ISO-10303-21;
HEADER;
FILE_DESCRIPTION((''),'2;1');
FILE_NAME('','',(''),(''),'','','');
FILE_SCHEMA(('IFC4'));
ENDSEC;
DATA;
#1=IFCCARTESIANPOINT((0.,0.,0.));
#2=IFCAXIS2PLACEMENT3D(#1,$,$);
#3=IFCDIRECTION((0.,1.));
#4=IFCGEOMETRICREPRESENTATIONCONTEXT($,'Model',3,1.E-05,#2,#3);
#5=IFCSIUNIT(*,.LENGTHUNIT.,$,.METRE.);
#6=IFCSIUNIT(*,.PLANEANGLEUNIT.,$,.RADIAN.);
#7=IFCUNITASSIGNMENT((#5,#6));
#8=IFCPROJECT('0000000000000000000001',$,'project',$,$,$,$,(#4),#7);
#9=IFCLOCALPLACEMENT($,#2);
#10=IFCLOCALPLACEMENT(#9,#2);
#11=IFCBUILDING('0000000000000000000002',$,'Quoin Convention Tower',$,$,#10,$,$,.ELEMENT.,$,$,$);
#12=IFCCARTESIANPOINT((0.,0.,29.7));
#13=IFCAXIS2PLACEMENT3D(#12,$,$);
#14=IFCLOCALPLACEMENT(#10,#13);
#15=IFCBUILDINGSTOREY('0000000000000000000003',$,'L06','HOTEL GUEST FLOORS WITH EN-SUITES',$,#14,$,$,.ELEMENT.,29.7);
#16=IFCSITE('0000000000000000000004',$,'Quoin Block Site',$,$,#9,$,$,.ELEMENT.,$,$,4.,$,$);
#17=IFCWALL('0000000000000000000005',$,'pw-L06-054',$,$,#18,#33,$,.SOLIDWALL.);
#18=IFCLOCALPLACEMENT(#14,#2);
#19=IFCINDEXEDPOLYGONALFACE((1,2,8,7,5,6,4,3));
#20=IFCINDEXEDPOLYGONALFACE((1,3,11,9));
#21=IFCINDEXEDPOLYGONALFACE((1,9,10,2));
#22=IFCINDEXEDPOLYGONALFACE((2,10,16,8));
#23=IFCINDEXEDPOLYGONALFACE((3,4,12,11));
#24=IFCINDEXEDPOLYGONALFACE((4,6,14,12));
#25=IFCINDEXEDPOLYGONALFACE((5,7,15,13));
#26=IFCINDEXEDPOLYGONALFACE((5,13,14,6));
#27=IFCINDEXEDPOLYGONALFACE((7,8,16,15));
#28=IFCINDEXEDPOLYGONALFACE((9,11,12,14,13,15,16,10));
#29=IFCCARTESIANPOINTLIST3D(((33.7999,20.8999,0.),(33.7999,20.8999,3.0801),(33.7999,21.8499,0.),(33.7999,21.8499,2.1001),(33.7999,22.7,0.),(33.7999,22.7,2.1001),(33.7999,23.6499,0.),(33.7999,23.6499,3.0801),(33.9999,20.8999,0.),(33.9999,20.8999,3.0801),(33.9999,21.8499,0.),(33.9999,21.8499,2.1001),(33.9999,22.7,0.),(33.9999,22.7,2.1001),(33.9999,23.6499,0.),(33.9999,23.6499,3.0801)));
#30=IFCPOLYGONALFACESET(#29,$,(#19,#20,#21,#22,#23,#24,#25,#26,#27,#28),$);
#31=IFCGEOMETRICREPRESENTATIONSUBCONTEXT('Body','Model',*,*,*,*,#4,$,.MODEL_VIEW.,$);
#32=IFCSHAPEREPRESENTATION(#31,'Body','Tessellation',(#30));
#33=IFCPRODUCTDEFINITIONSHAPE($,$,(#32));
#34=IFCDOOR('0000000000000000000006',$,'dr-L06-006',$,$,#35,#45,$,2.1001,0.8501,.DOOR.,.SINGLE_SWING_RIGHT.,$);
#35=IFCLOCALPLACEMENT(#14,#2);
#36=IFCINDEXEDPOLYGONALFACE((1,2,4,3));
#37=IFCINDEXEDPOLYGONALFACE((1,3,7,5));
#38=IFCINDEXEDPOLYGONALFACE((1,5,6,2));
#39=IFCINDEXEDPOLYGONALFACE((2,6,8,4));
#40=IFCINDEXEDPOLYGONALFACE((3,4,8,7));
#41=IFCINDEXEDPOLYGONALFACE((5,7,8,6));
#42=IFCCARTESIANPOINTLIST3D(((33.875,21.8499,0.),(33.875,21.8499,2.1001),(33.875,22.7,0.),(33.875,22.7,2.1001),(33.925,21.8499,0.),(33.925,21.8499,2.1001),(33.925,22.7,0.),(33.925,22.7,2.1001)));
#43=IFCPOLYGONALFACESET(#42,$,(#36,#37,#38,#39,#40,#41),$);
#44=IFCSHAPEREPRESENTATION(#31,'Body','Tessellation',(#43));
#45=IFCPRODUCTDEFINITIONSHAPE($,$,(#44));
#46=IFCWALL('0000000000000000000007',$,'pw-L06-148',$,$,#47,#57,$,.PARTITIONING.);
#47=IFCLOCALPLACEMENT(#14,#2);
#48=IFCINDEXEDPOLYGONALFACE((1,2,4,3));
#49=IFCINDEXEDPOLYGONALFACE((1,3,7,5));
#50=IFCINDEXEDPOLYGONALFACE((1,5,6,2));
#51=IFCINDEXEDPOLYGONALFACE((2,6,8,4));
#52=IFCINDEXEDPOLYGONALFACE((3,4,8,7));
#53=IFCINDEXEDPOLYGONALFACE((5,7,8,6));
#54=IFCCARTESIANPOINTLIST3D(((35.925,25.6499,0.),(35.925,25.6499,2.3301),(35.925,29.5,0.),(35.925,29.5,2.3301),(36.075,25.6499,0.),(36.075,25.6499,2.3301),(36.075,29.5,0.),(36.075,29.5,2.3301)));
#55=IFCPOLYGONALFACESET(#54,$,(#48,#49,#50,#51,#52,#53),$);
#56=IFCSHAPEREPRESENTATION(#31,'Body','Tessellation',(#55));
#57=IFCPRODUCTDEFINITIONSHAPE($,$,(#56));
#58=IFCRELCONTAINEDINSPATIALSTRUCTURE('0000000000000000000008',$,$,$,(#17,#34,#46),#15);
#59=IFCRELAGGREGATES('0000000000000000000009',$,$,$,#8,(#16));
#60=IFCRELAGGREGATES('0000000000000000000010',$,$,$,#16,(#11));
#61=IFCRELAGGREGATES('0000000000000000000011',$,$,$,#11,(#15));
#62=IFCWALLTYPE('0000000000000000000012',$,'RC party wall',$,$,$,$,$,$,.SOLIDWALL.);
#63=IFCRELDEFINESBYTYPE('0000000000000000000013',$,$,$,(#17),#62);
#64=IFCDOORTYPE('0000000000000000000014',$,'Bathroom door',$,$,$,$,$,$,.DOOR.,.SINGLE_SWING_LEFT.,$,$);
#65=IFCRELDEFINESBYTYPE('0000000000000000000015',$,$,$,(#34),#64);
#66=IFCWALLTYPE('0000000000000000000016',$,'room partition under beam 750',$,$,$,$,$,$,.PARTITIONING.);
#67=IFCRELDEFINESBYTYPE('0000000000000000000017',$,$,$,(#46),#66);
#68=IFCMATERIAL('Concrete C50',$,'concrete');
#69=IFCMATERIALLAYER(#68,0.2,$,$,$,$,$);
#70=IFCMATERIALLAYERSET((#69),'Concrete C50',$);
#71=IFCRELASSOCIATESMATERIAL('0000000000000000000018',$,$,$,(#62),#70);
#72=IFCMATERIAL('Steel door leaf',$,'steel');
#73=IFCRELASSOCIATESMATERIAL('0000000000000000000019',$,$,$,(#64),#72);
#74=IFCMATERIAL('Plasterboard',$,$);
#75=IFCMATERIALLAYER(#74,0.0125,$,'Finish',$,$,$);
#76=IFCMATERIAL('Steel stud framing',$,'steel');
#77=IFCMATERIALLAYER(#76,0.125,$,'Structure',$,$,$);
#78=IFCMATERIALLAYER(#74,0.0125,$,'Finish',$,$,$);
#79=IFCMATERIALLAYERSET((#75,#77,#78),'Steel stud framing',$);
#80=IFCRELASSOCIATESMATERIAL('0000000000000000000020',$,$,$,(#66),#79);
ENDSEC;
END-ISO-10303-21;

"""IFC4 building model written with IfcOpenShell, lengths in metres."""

from ifc_helpers import new_model, si_unit, direction, frame, frame_2d, origin, place, context, subcontext, project, spatial, rectangle, extrude, material, layer, layer_set, type_object, element, fill, save


model = new_model("IFC4")

# Units and contexts
model_context = context("Model", 3, precision=1e-05, world=origin(), true_north=direction((0.0, 1.0)))
body_context = subcontext(model_context, "Body", "Model", "MODEL_VIEW")
ifc_project = project(units=[si_unit("LENGTHUNIT", "METRE"), si_unit("PLANEANGLEUNIT", "RADIAN")], contexts=[model_context])

# Site, building, storey
site_placement = place(None, origin())
site = spatial("IfcSite", under=ifc_project, at=site_placement, Name="Quoin Block Site", CompositionType="ELEMENT", RefElevation=4.0)
building_placement = place(site_placement, origin())
building = spatial("IfcBuilding", under=site, at=building_placement, Name="Quoin Convention Tower", CompositionType="ELEMENT")
storey_placement = place(building_placement, frame((0.0, 0.0, 29.7)))
storey = spatial("IfcBuildingStorey", under=building, at=storey_placement, Name="L06", Description="HOTEL GUEST FLOORS WITH EN-SUITES", CompositionType="ELEMENT", Elevation=29.7)

# Shared definitions
ifc_material_1 = material(Name="Concrete C50", Category="concrete")
ifc_layer_1 = layer(ifc_material_1, 0.2)
ifc_layer_set_1 = layer_set([ifc_layer_1], Name="Concrete C50")
wall_type_1 = type_object("IfcWallType", Name="RC party wall", PredefinedType="SOLIDWALL", material=ifc_layer_set_1)

# Wall, opening, door
wall_1_placement = place(storey_placement, frame((33.8999, 20.8999, 0.0), z_axis=(0.0, 0.0, 1.0), x_axis=(0.0, 1.0, 0.0)))
wall_1 = element("IfcWall", 1, at=wall_1_placement, inside=storey, type_object=wall_type_1, Name="pw-L06-054", PredefinedType="SOLIDWALL", context=body_context, shape_type="SweptSolid", body=[
    extrude(rectangle(XDim=2.75, YDim=0.2, at=frame_2d((1.375, 0.0))), origin(), (0.0, 0.0, 1.0), 3.0801),
])
opening_1_placement = place(wall_1_placement, frame((0.95, 0.0, 0.0)))
opening_1 = element("IfcOpeningElement", 2, at=opening_1_placement, cuts=wall_1, PredefinedType="OPENING", context=body_context, shape_type="SweptSolid", body=[
    extrude(rectangle(XDim=0.8501, YDim=2.1001, at=frame_2d((0.425, 1.05))), frame((0.0, 0.1099, 0.0), z_axis=(0.0, -1.0, 0.0), x_axis=(1.0, 0.0, 0.0)), (0.0, 0.0, 1.0), 0.22),
])
ifc_material_2 = material(Name="Steel door leaf", Category="steel")
door_type = type_object("IfcDoorType", Name="Bathroom door", OperationType="SINGLE_SWING_LEFT", PredefinedType="DOOR", material=ifc_material_2)
door_placement = place(opening_1_placement, origin())
door = element("IfcDoor", 3, at=door_placement, inside=storey, type_object=door_type, Name="dr-L06-006", OperationType="SINGLE_SWING_RIGHT", OverallHeight=2.1001, OverallWidth=0.8501, PredefinedType="DOOR", context=body_context, shape_type="SweptSolid", body=[
    extrude(rectangle(XDim=0.8501, YDim=2.1001, at=frame_2d((0.425, 1.05))), frame((0.0, 0.0249, 0.0), z_axis=(0.0, -1.0, 0.0), x_axis=(1.0, 0.0, 0.0)), (0.0, 0.0, 1.0), 0.05),
])
fill(opening_1, door)

# Wall
ifc_material_3 = material(Name="Plasterboard")
ifc_layer_2 = layer(ifc_material_3, 0.0125, Name="Finish")
ifc_material_4 = material(Name="Steel stud framing", Category="steel")
ifc_layer_3 = layer(ifc_material_4, 0.125, Name="Structure")
ifc_layer_4 = layer(ifc_material_3, 0.0125, Name="Finish")
ifc_layer_set_2 = layer_set([ifc_layer_2, ifc_layer_3, ifc_layer_4], Name="Steel stud framing")
wall_type_2 = type_object("IfcWallType", Name="room partition under beam 750", PredefinedType="PARTITIONING", material=ifc_layer_set_2)
wall_2_placement = place(storey_placement, frame((36.0, 25.6499, 0.0), z_axis=(0.0, 0.0, 1.0), x_axis=(0.0, 1.0, 0.0)))
element("IfcWall", 4, at=wall_2_placement, inside=storey, type_object=wall_type_2, Name="pw-L06-148", PredefinedType="PARTITIONING", context=body_context, shape_type="SweptSolid", body=[
    extrude(rectangle(XDim=3.8501, YDim=0.1499, at=frame_2d((1.925, 0.0))), origin(), (0.0, 0.0, 1.0), 2.3301),
])

save(model, "model.ifc")
